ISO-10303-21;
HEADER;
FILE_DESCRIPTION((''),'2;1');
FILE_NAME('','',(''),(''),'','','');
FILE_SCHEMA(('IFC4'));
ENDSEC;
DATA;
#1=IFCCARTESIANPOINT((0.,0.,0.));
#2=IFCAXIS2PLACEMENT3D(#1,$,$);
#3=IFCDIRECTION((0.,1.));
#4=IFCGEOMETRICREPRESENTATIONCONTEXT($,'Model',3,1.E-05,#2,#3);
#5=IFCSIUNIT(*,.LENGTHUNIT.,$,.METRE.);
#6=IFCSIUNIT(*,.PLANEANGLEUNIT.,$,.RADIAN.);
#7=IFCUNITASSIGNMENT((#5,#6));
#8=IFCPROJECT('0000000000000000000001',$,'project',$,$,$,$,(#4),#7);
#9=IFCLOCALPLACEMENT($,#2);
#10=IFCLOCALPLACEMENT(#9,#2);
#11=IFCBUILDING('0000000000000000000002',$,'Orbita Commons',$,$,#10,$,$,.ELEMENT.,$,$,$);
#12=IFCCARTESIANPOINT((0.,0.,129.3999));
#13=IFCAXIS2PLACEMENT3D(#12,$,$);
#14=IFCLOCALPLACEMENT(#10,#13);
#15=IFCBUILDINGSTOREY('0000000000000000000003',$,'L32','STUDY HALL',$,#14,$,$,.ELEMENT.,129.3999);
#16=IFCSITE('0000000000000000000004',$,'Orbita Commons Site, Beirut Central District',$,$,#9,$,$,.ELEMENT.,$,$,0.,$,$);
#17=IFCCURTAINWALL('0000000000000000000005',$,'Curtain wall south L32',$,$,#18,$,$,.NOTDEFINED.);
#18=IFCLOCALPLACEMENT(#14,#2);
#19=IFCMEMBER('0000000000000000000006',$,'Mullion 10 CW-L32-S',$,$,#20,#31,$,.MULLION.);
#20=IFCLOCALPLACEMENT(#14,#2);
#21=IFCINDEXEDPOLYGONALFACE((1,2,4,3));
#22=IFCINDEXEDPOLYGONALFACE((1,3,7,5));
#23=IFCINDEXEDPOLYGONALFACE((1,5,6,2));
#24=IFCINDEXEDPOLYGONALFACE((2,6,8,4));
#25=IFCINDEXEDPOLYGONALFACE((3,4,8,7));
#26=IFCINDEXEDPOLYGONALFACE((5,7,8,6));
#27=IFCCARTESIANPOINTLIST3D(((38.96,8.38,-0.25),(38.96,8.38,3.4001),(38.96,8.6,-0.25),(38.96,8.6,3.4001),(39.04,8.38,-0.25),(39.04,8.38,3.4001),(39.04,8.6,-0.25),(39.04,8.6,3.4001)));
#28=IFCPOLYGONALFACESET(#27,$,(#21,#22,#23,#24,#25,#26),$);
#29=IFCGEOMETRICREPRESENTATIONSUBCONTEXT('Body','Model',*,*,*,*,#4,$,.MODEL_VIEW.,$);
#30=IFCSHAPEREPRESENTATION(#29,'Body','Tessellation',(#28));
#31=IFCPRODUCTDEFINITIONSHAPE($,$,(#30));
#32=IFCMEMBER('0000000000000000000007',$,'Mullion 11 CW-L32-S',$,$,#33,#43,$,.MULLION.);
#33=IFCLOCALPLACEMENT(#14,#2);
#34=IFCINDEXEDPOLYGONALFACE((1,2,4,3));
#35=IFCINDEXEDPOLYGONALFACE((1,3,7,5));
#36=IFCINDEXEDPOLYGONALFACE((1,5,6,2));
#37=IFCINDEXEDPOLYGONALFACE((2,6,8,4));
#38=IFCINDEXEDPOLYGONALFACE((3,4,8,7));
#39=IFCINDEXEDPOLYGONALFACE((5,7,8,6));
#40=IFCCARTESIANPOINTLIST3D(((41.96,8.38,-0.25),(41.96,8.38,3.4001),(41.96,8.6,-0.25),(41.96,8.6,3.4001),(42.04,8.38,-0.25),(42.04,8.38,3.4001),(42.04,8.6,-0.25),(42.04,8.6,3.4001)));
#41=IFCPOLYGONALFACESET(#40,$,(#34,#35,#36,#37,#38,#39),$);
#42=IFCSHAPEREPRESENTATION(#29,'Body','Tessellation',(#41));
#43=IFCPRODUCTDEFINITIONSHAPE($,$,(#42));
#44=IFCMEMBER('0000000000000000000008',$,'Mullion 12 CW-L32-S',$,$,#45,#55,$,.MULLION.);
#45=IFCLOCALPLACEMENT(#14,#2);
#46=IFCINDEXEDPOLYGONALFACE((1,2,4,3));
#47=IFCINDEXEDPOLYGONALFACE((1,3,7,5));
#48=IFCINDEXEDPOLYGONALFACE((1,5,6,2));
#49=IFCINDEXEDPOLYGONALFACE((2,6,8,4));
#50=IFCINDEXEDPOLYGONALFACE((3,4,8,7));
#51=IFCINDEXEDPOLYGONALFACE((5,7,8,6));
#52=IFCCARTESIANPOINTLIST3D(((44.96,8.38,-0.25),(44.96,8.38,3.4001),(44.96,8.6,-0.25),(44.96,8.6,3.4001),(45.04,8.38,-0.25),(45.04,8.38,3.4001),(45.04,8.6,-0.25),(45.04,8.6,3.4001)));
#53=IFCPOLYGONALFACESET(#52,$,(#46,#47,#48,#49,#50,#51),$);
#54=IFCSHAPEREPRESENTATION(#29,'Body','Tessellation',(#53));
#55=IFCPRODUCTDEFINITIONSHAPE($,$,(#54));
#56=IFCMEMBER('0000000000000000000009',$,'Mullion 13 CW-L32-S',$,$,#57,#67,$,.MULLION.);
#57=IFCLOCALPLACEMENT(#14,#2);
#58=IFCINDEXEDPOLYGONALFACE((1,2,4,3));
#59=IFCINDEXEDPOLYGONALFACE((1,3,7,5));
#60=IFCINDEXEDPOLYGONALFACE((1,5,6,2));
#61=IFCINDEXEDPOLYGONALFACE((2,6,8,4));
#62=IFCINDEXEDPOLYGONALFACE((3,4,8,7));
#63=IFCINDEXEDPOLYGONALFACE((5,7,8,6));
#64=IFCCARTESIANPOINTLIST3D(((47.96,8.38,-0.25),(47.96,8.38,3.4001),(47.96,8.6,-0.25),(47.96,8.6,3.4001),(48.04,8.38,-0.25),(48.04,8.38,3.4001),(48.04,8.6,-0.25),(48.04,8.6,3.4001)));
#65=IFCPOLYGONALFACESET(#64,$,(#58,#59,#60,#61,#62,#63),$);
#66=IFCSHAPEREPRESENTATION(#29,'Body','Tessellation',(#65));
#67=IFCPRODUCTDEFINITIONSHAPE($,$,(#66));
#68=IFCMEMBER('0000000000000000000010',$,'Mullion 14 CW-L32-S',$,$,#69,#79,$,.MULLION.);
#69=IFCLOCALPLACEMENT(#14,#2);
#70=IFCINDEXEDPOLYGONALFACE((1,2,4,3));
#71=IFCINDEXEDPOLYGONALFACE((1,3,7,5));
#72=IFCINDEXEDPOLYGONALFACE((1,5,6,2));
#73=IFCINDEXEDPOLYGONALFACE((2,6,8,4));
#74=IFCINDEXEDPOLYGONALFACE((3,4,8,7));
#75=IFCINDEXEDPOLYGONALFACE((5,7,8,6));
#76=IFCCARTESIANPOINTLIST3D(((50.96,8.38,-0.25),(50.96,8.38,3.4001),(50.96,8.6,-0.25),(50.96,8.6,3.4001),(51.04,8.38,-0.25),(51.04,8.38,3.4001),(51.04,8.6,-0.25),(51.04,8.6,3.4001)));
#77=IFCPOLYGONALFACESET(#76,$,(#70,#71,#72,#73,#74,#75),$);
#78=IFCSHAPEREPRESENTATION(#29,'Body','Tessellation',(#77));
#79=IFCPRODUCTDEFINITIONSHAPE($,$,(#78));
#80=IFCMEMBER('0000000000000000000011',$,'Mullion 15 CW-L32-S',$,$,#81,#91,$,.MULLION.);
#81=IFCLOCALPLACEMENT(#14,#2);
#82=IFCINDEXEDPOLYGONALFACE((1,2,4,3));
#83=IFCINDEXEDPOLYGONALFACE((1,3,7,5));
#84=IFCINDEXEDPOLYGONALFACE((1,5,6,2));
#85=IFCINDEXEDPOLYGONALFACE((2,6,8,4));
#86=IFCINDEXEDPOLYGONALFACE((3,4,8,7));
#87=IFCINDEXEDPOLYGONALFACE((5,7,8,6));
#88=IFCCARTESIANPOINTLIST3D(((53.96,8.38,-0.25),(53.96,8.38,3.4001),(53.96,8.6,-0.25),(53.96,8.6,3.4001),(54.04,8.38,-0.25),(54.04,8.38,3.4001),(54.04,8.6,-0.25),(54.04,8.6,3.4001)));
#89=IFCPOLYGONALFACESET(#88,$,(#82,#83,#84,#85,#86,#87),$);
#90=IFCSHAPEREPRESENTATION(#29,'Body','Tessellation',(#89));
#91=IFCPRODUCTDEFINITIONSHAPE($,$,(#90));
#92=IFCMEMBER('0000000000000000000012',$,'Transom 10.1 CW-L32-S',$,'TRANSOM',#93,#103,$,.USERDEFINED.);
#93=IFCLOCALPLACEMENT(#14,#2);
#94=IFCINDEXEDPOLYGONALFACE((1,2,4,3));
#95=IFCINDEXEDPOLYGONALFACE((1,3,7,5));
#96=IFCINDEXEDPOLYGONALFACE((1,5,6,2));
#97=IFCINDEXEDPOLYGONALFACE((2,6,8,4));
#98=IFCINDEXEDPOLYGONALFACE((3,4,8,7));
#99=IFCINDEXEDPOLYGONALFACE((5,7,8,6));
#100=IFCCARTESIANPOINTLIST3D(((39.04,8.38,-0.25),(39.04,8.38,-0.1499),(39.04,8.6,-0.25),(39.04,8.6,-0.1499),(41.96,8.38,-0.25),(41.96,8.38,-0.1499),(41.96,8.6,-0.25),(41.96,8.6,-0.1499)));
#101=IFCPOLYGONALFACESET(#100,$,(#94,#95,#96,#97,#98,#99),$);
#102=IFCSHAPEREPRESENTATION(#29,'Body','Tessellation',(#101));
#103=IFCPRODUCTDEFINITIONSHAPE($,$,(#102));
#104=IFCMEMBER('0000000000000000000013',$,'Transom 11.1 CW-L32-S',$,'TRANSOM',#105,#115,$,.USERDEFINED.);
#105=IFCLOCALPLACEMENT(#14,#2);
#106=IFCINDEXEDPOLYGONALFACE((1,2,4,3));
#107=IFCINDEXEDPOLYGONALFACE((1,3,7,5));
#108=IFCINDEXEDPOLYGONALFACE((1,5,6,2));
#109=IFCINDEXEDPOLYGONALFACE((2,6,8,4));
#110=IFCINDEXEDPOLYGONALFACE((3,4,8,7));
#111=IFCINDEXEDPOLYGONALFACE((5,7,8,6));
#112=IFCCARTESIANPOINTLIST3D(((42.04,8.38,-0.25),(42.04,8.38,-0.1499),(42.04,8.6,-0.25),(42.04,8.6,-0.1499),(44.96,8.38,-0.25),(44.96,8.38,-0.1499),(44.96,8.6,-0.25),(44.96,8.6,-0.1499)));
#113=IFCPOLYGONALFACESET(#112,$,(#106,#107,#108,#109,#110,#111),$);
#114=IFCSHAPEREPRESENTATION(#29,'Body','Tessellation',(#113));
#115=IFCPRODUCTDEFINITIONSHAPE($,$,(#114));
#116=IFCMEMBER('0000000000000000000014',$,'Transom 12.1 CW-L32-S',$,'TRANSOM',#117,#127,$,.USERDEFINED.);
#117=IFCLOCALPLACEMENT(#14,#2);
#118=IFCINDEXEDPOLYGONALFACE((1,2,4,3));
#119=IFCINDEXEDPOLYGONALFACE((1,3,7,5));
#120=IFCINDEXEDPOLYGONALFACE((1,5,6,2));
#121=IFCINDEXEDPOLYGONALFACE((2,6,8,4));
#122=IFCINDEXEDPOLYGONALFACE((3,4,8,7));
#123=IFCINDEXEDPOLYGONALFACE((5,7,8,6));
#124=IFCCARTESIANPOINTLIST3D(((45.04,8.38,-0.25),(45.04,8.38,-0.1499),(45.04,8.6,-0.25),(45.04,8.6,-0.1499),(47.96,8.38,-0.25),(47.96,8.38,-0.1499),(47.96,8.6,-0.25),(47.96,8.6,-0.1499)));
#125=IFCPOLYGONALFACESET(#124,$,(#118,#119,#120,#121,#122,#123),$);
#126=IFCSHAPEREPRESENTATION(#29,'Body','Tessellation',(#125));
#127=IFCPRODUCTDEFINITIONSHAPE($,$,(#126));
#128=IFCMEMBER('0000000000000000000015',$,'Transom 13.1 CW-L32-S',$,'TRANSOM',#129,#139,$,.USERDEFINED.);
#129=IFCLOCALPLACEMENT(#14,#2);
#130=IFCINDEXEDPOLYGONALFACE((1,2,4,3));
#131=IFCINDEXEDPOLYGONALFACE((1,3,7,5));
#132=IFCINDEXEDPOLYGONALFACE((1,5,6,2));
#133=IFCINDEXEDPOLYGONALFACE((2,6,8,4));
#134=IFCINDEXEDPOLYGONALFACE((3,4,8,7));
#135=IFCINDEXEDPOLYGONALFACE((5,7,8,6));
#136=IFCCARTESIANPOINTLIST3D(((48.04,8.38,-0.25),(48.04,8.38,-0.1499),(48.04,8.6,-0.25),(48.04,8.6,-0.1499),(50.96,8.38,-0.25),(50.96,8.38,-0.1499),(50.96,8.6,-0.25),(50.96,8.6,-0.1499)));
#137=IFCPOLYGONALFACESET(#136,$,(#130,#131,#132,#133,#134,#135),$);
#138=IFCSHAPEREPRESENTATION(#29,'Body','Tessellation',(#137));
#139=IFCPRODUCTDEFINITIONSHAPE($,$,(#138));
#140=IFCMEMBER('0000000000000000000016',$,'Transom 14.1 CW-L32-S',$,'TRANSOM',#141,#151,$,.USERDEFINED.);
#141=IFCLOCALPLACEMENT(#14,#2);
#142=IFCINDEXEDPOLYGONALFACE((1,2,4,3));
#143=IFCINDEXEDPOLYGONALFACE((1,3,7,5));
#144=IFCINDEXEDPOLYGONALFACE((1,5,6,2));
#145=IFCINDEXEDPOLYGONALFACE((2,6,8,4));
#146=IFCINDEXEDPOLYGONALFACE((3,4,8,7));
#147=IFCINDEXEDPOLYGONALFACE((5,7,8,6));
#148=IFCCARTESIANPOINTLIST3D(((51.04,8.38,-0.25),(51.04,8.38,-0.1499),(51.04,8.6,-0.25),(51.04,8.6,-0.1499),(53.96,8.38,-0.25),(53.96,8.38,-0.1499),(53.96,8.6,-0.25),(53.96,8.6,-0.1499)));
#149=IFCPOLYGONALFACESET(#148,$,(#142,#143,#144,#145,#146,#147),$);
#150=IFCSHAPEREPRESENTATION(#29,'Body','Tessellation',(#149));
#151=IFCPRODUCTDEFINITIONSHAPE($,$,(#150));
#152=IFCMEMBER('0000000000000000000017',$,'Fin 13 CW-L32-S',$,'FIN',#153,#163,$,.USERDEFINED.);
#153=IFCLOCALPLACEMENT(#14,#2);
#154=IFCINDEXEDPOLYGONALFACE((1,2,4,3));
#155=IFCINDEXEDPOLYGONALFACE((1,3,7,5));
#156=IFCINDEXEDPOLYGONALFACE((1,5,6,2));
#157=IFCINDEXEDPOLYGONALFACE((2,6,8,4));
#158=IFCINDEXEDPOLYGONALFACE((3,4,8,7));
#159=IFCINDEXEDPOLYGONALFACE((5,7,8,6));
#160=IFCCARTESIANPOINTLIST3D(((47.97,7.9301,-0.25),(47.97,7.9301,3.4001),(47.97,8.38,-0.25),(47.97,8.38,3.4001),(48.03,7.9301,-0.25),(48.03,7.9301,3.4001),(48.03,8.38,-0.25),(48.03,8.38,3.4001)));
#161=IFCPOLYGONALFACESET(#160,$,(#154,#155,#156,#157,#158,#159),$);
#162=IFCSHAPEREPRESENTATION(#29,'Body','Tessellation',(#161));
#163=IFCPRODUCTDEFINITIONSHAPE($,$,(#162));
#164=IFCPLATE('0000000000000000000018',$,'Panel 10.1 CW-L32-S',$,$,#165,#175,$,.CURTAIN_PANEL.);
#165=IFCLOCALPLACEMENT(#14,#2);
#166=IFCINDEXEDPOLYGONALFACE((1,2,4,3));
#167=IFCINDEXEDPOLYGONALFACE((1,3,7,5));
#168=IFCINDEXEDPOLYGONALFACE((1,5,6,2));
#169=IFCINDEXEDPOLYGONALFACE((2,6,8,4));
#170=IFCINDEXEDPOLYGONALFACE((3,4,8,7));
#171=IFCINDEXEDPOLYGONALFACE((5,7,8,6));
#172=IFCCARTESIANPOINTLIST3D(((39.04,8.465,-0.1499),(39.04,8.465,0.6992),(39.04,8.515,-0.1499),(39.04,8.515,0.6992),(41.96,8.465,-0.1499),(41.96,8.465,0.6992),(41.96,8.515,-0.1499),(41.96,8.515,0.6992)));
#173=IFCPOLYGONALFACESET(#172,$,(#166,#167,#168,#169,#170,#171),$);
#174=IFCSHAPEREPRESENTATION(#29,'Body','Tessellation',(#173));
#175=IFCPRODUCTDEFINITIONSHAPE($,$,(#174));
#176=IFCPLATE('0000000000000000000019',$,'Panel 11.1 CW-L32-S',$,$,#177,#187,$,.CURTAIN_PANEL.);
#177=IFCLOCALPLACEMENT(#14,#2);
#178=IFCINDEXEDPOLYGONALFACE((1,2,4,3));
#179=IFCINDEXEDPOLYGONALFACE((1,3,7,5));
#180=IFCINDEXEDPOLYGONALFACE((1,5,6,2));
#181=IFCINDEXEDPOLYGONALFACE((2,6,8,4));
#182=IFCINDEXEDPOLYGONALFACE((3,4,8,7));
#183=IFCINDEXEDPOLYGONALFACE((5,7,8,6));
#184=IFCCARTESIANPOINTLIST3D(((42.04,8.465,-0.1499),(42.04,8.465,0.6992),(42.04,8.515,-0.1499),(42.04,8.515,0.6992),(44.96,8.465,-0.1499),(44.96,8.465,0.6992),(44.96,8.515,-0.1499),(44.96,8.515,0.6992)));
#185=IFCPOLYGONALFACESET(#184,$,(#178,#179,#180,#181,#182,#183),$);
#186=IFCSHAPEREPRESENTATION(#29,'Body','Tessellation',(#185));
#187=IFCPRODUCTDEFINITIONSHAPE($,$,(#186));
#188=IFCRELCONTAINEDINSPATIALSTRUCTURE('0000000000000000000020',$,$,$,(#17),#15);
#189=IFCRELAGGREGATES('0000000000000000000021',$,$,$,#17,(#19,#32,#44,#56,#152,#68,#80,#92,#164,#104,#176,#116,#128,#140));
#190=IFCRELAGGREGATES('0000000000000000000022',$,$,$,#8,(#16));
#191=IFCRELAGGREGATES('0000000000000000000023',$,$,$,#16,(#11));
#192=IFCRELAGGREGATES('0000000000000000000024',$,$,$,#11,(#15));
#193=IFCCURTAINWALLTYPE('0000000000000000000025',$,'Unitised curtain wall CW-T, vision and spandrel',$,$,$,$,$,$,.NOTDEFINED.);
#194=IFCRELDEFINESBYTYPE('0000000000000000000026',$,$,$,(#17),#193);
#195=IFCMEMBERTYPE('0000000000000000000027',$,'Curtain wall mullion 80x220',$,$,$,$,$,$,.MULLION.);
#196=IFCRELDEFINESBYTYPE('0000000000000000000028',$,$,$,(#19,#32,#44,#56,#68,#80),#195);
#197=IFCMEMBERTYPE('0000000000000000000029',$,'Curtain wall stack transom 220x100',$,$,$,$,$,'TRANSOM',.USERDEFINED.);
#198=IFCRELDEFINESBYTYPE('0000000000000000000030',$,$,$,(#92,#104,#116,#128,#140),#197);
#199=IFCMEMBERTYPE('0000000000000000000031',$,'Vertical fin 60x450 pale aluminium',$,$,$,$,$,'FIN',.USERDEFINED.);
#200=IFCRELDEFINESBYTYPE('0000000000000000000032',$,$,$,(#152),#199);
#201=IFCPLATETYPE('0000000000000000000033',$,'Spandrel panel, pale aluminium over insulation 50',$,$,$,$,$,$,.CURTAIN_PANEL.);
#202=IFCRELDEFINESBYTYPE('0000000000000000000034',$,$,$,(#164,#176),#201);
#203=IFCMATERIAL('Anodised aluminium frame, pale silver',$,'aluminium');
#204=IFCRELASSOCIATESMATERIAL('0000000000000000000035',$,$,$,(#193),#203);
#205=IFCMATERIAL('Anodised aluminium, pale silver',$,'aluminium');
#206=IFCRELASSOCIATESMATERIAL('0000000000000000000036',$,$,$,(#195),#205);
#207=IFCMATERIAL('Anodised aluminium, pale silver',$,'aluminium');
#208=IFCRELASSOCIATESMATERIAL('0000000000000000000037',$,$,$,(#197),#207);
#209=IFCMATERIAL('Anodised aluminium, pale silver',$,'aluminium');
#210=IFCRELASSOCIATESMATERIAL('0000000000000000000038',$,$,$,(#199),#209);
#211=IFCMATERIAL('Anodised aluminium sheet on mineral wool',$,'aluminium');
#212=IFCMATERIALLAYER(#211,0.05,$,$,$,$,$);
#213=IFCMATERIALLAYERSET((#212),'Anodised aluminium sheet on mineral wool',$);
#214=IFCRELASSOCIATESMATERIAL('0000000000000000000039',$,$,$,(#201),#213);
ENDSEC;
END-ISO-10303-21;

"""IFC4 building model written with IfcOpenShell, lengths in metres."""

from ifc_helpers import new_model, si_unit, direction, frame, origin, origin_2d, place, context, subcontext, project, spatial, rectangle, extrude, material, layer, layer_set, material_profile, profile_set, type_object, element, aggregate, save


model = new_model("IFC4")

# Units and contexts
model_context = context("Model", 3, precision=1e-05, world=origin(), true_north=direction((0.0, 1.0)))
body_context = subcontext(model_context, "Body", "Model", "MODEL_VIEW")
ifc_project = project(units=[si_unit("LENGTHUNIT", "METRE"), si_unit("PLANEANGLEUNIT", "RADIAN")], contexts=[model_context])

# Site, building, storey
site_placement = place(None, origin())
site = spatial("IfcSite", under=ifc_project, at=site_placement, Name="Orbita Commons Site, Beirut Central District", CompositionType="ELEMENT", RefElevation=0.0)
building_placement = place(site_placement, origin())
building = spatial("IfcBuilding", under=site, at=building_placement, Name="Orbita Commons", CompositionType="ELEMENT")
storey_placement = place(building_placement, frame((0.0, 0.0, 129.3999)))
storey = spatial("IfcBuildingStorey", under=building, at=storey_placement, Name="L32", Description="STUDY HALL", CompositionType="ELEMENT", Elevation=129.3999)

# Curtain wall, members, plates
ifc_material_1 = material(Name="Anodised aluminium frame, pale silver", Category="aluminium")
curtain_wall_type = type_object("IfcCurtainWallType", Name="Unitised curtain wall CW-T, vision and spandrel", PredefinedType="NOTDEFINED", material=ifc_material_1)
curtain_wall_placement = place(storey_placement, origin())
curtain_wall = element("IfcCurtainWall", 1, at=curtain_wall_placement, inside=storey, type_object=curtain_wall_type, Name="Curtain wall south L32", PredefinedType="NOTDEFINED")
ifc_material_2 = material(Name="Anodised aluminium, pale silver", Category="aluminium")
ifc_material_profile_1 = material_profile(ifc_material_2, rectangle(XDim=0.0801, YDim=0.22, at=origin_2d()), Name="AL 80x220")
ifc_profile_set_1 = profile_set([ifc_material_profile_1], Name="Anodised aluminium, pale silver")
member_type_1 = type_object("IfcMemberType", Name="Curtain wall mullion 80x220", PredefinedType="MULLION", material=ifc_profile_set_1)
member_1_placement = place(storey_placement, frame((39.0, 8.49, -0.25), z_axis=(0.0, 0.0, 1.0), x_axis=(1.0, 0.0, 0.0)))
member_1 = element("IfcMember", 2, at=member_1_placement, type_object=member_type_1, Name="Mullion 10 CW-L32-S", PredefinedType="MULLION", context=body_context, shape_type="SweptSolid", body=[
    extrude(rectangle(XDim=0.0801, YDim=0.22, at=origin_2d()), origin(), (0.0, 0.0, 1.0), 3.6501),
])
member_2_placement = place(storey_placement, frame((42.0, 8.49, -0.25), z_axis=(0.0, 0.0, 1.0), x_axis=(1.0, 0.0, 0.0)))
member_2 = element("IfcMember", 3, at=member_2_placement, type_object=member_type_1, Name="Mullion 11 CW-L32-S", PredefinedType="MULLION", context=body_context, shape_type="SweptSolid", body=[
    extrude(rectangle(XDim=0.0801, YDim=0.22, at=origin_2d()), origin(), (0.0, 0.0, 1.0), 3.6501),
])
member_3_placement = place(storey_placement, frame((45.0, 8.49, -0.25), z_axis=(0.0, 0.0, 1.0), x_axis=(1.0, 0.0, 0.0)))
member_3 = element("IfcMember", 4, at=member_3_placement, type_object=member_type_1, Name="Mullion 12 CW-L32-S", PredefinedType="MULLION", context=body_context, shape_type="SweptSolid", body=[
    extrude(rectangle(XDim=0.0801, YDim=0.22, at=origin_2d()), origin(), (0.0, 0.0, 1.0), 3.6501),
])
member_4_placement = place(storey_placement, frame((48.0, 8.49, -0.25), z_axis=(0.0, 0.0, 1.0), x_axis=(1.0, 0.0, 0.0)))
member_4 = element("IfcMember", 5, at=member_4_placement, type_object=member_type_1, Name="Mullion 13 CW-L32-S", PredefinedType="MULLION", context=body_context, shape_type="SweptSolid", body=[
    extrude(rectangle(XDim=0.0801, YDim=0.22, at=origin_2d()), origin(), (0.0, 0.0, 1.0), 3.6501),
])
member_5_placement = place(storey_placement, frame((51.0, 8.49, -0.25), z_axis=(0.0, 0.0, 1.0), x_axis=(1.0, 0.0, 0.0)))
member_5 = element("IfcMember", 6, at=member_5_placement, type_object=member_type_1, Name="Mullion 14 CW-L32-S", PredefinedType="MULLION", context=body_context, shape_type="SweptSolid", body=[
    extrude(rectangle(XDim=0.0801, YDim=0.22, at=origin_2d()), origin(), (0.0, 0.0, 1.0), 3.6501),
])
member_6_placement = place(storey_placement, frame((54.0, 8.49, -0.25), z_axis=(0.0, 0.0, 1.0), x_axis=(1.0, 0.0, 0.0)))
member_6 = element("IfcMember", 7, at=member_6_placement, type_object=member_type_1, Name="Mullion 15 CW-L32-S", PredefinedType="MULLION", context=body_context, shape_type="SweptSolid", body=[
    extrude(rectangle(XDim=0.0801, YDim=0.22, at=origin_2d()), origin(), (0.0, 0.0, 1.0), 3.6501),
])
ifc_material_3 = material(Name="Anodised aluminium, pale silver", Category="aluminium")
ifc_material_profile_2 = material_profile(ifc_material_3, rectangle(XDim=0.22, YDim=0.1001, at=origin_2d()), Name="AL 220x100")
ifc_profile_set_2 = profile_set([ifc_material_profile_2], Name="Anodised aluminium, pale silver")
member_type_2 = type_object("IfcMemberType", Name="Curtain wall stack transom 220x100", ElementType="TRANSOM", PredefinedType="USERDEFINED", material=ifc_profile_set_2)
member_7_placement = place(storey_placement, frame((39.04, 8.49, -0.2), z_axis=(1.0, 0.0, 0.0), x_axis=(0.0, 1.0, 0.0)))
member_7 = element("IfcMember", 8, at=member_7_placement, type_object=member_type_2, Name="Transom 10.1 CW-L32-S", ObjectType="TRANSOM", PredefinedType="USERDEFINED", context=body_context, shape_type="SweptSolid", body=[
    extrude(rectangle(XDim=0.22, YDim=0.1001, at=origin_2d()), origin(), (0.0, 0.0, 1.0), 2.9199),
])
member_8_placement = place(storey_placement, frame((42.04, 8.49, -0.2), z_axis=(1.0, 0.0, 0.0), x_axis=(0.0, 1.0, 0.0)))
member_8 = element("IfcMember", 9, at=member_8_placement, type_object=member_type_2, Name="Transom 11.1 CW-L32-S", ObjectType="TRANSOM", PredefinedType="USERDEFINED", context=body_context, shape_type="SweptSolid", body=[
    extrude(rectangle(XDim=0.22, YDim=0.1001, at=origin_2d()), origin(), (0.0, 0.0, 1.0), 2.9199),
])
member_9_placement = place(storey_placement, frame((45.04, 8.49, -0.2), z_axis=(1.0, 0.0, 0.0), x_axis=(0.0, 1.0, 0.0)))
member_9 = element("IfcMember", 10, at=member_9_placement, type_object=member_type_2, Name="Transom 12.1 CW-L32-S", ObjectType="TRANSOM", PredefinedType="USERDEFINED", context=body_context, shape_type="SweptSolid", body=[
    extrude(rectangle(XDim=0.22, YDim=0.1001, at=origin_2d()), origin(), (0.0, 0.0, 1.0), 2.9199),
])
member_10_placement = place(storey_placement, frame((48.04, 8.49, -0.2), z_axis=(1.0, 0.0, 0.0), x_axis=(0.0, 1.0, 0.0)))
member_10 = element("IfcMember", 11, at=member_10_placement, type_object=member_type_2, Name="Transom 13.1 CW-L32-S", ObjectType="TRANSOM", PredefinedType="USERDEFINED", context=body_context, shape_type="SweptSolid", body=[
    extrude(rectangle(XDim=0.22, YDim=0.1001, at=origin_2d()), origin(), (0.0, 0.0, 1.0), 2.9199),
])
member_11_placement = place(storey_placement, frame((51.04, 8.49, -0.2), z_axis=(1.0, 0.0, 0.0), x_axis=(0.0, 1.0, 0.0)))
member_11 = element("IfcMember", 12, at=member_11_placement, type_object=member_type_2, Name="Transom 14.1 CW-L32-S", ObjectType="TRANSOM", PredefinedType="USERDEFINED", context=body_context, shape_type="SweptSolid", body=[
    extrude(rectangle(XDim=0.22, YDim=0.1001, at=origin_2d()), origin(), (0.0, 0.0, 1.0), 2.9199),
])
ifc_material_4 = material(Name="Anodised aluminium, pale silver", Category="aluminium")
ifc_material_profile_3 = material_profile(ifc_material_4, rectangle(XDim=0.0601, YDim=0.45, at=origin_2d()), Name="FIN 60x450")
ifc_profile_set_3 = profile_set([ifc_material_profile_3], Name="Anodised aluminium, pale silver")
member_type_3 = type_object("IfcMemberType", Name="Vertical fin 60x450 pale aluminium", ElementType="FIN", PredefinedType="USERDEFINED", material=ifc_profile_set_3)
member_12_placement = place(storey_placement, frame((48.0, 8.155, -0.25), z_axis=(0.0, 0.0, 1.0), x_axis=(1.0, 0.0, 0.0)))
member_12 = element("IfcMember", 13, at=member_12_placement, type_object=member_type_3, Name="Fin 13 CW-L32-S", ObjectType="FIN", PredefinedType="USERDEFINED", context=body_context, shape_type="SweptSolid", body=[
    extrude(rectangle(XDim=0.0601, YDim=0.45, at=origin_2d()), origin(), (0.0, 0.0, 1.0), 3.6501),
])
ifc_material_5 = material(Name="Anodised aluminium sheet on mineral wool", Category="aluminium")
ifc_layer_1 = layer(ifc_material_5, 0.05)
ifc_layer_set_1 = layer_set([ifc_layer_1], Name="Anodised aluminium sheet on mineral wool")
plate_type_1 = type_object("IfcPlateType", Name="Spandrel panel, pale aluminium over insulation 50", PredefinedType="CURTAIN_PANEL", material=ifc_layer_set_1)
plate_1_placement = place(storey_placement, frame((40.5, 8.49, -0.1499), z_axis=(0.0, 0.0, 1.0), x_axis=(1.0, 0.0, 0.0)))
plate_1 = element("IfcPlate", 14, at=plate_1_placement, type_object=plate_type_1, Name="Panel 10.1 CW-L32-S", PredefinedType="CURTAIN_PANEL", context=body_context, shape_type="SweptSolid", body=[
    extrude(rectangle(XDim=2.9199, YDim=0.05, at=origin_2d()), origin(), (0.0, 0.0, 1.0), 0.8491),
])
plate_2_placement = place(storey_placement, frame((43.5, 8.49, -0.1499), z_axis=(0.0, 0.0, 1.0), x_axis=(1.0, 0.0, 0.0)))
plate_2 = element("IfcPlate", 15, at=plate_2_placement, type_object=plate_type_1, Name="Panel 11.1 CW-L32-S", PredefinedType="CURTAIN_PANEL", context=body_context, shape_type="SweptSolid", body=[
    extrude(rectangle(XDim=2.9199, YDim=0.05, at=origin_2d()), origin(), (0.0, 0.0, 1.0), 0.8491),
])
aggregate(curtain_wall, [member_1, member_2, member_3, member_4, member_12, member_5, member_6, member_7, plate_1, member_8, plate_2, member_9, member_10, member_11])

save(model, "model.ifc")
